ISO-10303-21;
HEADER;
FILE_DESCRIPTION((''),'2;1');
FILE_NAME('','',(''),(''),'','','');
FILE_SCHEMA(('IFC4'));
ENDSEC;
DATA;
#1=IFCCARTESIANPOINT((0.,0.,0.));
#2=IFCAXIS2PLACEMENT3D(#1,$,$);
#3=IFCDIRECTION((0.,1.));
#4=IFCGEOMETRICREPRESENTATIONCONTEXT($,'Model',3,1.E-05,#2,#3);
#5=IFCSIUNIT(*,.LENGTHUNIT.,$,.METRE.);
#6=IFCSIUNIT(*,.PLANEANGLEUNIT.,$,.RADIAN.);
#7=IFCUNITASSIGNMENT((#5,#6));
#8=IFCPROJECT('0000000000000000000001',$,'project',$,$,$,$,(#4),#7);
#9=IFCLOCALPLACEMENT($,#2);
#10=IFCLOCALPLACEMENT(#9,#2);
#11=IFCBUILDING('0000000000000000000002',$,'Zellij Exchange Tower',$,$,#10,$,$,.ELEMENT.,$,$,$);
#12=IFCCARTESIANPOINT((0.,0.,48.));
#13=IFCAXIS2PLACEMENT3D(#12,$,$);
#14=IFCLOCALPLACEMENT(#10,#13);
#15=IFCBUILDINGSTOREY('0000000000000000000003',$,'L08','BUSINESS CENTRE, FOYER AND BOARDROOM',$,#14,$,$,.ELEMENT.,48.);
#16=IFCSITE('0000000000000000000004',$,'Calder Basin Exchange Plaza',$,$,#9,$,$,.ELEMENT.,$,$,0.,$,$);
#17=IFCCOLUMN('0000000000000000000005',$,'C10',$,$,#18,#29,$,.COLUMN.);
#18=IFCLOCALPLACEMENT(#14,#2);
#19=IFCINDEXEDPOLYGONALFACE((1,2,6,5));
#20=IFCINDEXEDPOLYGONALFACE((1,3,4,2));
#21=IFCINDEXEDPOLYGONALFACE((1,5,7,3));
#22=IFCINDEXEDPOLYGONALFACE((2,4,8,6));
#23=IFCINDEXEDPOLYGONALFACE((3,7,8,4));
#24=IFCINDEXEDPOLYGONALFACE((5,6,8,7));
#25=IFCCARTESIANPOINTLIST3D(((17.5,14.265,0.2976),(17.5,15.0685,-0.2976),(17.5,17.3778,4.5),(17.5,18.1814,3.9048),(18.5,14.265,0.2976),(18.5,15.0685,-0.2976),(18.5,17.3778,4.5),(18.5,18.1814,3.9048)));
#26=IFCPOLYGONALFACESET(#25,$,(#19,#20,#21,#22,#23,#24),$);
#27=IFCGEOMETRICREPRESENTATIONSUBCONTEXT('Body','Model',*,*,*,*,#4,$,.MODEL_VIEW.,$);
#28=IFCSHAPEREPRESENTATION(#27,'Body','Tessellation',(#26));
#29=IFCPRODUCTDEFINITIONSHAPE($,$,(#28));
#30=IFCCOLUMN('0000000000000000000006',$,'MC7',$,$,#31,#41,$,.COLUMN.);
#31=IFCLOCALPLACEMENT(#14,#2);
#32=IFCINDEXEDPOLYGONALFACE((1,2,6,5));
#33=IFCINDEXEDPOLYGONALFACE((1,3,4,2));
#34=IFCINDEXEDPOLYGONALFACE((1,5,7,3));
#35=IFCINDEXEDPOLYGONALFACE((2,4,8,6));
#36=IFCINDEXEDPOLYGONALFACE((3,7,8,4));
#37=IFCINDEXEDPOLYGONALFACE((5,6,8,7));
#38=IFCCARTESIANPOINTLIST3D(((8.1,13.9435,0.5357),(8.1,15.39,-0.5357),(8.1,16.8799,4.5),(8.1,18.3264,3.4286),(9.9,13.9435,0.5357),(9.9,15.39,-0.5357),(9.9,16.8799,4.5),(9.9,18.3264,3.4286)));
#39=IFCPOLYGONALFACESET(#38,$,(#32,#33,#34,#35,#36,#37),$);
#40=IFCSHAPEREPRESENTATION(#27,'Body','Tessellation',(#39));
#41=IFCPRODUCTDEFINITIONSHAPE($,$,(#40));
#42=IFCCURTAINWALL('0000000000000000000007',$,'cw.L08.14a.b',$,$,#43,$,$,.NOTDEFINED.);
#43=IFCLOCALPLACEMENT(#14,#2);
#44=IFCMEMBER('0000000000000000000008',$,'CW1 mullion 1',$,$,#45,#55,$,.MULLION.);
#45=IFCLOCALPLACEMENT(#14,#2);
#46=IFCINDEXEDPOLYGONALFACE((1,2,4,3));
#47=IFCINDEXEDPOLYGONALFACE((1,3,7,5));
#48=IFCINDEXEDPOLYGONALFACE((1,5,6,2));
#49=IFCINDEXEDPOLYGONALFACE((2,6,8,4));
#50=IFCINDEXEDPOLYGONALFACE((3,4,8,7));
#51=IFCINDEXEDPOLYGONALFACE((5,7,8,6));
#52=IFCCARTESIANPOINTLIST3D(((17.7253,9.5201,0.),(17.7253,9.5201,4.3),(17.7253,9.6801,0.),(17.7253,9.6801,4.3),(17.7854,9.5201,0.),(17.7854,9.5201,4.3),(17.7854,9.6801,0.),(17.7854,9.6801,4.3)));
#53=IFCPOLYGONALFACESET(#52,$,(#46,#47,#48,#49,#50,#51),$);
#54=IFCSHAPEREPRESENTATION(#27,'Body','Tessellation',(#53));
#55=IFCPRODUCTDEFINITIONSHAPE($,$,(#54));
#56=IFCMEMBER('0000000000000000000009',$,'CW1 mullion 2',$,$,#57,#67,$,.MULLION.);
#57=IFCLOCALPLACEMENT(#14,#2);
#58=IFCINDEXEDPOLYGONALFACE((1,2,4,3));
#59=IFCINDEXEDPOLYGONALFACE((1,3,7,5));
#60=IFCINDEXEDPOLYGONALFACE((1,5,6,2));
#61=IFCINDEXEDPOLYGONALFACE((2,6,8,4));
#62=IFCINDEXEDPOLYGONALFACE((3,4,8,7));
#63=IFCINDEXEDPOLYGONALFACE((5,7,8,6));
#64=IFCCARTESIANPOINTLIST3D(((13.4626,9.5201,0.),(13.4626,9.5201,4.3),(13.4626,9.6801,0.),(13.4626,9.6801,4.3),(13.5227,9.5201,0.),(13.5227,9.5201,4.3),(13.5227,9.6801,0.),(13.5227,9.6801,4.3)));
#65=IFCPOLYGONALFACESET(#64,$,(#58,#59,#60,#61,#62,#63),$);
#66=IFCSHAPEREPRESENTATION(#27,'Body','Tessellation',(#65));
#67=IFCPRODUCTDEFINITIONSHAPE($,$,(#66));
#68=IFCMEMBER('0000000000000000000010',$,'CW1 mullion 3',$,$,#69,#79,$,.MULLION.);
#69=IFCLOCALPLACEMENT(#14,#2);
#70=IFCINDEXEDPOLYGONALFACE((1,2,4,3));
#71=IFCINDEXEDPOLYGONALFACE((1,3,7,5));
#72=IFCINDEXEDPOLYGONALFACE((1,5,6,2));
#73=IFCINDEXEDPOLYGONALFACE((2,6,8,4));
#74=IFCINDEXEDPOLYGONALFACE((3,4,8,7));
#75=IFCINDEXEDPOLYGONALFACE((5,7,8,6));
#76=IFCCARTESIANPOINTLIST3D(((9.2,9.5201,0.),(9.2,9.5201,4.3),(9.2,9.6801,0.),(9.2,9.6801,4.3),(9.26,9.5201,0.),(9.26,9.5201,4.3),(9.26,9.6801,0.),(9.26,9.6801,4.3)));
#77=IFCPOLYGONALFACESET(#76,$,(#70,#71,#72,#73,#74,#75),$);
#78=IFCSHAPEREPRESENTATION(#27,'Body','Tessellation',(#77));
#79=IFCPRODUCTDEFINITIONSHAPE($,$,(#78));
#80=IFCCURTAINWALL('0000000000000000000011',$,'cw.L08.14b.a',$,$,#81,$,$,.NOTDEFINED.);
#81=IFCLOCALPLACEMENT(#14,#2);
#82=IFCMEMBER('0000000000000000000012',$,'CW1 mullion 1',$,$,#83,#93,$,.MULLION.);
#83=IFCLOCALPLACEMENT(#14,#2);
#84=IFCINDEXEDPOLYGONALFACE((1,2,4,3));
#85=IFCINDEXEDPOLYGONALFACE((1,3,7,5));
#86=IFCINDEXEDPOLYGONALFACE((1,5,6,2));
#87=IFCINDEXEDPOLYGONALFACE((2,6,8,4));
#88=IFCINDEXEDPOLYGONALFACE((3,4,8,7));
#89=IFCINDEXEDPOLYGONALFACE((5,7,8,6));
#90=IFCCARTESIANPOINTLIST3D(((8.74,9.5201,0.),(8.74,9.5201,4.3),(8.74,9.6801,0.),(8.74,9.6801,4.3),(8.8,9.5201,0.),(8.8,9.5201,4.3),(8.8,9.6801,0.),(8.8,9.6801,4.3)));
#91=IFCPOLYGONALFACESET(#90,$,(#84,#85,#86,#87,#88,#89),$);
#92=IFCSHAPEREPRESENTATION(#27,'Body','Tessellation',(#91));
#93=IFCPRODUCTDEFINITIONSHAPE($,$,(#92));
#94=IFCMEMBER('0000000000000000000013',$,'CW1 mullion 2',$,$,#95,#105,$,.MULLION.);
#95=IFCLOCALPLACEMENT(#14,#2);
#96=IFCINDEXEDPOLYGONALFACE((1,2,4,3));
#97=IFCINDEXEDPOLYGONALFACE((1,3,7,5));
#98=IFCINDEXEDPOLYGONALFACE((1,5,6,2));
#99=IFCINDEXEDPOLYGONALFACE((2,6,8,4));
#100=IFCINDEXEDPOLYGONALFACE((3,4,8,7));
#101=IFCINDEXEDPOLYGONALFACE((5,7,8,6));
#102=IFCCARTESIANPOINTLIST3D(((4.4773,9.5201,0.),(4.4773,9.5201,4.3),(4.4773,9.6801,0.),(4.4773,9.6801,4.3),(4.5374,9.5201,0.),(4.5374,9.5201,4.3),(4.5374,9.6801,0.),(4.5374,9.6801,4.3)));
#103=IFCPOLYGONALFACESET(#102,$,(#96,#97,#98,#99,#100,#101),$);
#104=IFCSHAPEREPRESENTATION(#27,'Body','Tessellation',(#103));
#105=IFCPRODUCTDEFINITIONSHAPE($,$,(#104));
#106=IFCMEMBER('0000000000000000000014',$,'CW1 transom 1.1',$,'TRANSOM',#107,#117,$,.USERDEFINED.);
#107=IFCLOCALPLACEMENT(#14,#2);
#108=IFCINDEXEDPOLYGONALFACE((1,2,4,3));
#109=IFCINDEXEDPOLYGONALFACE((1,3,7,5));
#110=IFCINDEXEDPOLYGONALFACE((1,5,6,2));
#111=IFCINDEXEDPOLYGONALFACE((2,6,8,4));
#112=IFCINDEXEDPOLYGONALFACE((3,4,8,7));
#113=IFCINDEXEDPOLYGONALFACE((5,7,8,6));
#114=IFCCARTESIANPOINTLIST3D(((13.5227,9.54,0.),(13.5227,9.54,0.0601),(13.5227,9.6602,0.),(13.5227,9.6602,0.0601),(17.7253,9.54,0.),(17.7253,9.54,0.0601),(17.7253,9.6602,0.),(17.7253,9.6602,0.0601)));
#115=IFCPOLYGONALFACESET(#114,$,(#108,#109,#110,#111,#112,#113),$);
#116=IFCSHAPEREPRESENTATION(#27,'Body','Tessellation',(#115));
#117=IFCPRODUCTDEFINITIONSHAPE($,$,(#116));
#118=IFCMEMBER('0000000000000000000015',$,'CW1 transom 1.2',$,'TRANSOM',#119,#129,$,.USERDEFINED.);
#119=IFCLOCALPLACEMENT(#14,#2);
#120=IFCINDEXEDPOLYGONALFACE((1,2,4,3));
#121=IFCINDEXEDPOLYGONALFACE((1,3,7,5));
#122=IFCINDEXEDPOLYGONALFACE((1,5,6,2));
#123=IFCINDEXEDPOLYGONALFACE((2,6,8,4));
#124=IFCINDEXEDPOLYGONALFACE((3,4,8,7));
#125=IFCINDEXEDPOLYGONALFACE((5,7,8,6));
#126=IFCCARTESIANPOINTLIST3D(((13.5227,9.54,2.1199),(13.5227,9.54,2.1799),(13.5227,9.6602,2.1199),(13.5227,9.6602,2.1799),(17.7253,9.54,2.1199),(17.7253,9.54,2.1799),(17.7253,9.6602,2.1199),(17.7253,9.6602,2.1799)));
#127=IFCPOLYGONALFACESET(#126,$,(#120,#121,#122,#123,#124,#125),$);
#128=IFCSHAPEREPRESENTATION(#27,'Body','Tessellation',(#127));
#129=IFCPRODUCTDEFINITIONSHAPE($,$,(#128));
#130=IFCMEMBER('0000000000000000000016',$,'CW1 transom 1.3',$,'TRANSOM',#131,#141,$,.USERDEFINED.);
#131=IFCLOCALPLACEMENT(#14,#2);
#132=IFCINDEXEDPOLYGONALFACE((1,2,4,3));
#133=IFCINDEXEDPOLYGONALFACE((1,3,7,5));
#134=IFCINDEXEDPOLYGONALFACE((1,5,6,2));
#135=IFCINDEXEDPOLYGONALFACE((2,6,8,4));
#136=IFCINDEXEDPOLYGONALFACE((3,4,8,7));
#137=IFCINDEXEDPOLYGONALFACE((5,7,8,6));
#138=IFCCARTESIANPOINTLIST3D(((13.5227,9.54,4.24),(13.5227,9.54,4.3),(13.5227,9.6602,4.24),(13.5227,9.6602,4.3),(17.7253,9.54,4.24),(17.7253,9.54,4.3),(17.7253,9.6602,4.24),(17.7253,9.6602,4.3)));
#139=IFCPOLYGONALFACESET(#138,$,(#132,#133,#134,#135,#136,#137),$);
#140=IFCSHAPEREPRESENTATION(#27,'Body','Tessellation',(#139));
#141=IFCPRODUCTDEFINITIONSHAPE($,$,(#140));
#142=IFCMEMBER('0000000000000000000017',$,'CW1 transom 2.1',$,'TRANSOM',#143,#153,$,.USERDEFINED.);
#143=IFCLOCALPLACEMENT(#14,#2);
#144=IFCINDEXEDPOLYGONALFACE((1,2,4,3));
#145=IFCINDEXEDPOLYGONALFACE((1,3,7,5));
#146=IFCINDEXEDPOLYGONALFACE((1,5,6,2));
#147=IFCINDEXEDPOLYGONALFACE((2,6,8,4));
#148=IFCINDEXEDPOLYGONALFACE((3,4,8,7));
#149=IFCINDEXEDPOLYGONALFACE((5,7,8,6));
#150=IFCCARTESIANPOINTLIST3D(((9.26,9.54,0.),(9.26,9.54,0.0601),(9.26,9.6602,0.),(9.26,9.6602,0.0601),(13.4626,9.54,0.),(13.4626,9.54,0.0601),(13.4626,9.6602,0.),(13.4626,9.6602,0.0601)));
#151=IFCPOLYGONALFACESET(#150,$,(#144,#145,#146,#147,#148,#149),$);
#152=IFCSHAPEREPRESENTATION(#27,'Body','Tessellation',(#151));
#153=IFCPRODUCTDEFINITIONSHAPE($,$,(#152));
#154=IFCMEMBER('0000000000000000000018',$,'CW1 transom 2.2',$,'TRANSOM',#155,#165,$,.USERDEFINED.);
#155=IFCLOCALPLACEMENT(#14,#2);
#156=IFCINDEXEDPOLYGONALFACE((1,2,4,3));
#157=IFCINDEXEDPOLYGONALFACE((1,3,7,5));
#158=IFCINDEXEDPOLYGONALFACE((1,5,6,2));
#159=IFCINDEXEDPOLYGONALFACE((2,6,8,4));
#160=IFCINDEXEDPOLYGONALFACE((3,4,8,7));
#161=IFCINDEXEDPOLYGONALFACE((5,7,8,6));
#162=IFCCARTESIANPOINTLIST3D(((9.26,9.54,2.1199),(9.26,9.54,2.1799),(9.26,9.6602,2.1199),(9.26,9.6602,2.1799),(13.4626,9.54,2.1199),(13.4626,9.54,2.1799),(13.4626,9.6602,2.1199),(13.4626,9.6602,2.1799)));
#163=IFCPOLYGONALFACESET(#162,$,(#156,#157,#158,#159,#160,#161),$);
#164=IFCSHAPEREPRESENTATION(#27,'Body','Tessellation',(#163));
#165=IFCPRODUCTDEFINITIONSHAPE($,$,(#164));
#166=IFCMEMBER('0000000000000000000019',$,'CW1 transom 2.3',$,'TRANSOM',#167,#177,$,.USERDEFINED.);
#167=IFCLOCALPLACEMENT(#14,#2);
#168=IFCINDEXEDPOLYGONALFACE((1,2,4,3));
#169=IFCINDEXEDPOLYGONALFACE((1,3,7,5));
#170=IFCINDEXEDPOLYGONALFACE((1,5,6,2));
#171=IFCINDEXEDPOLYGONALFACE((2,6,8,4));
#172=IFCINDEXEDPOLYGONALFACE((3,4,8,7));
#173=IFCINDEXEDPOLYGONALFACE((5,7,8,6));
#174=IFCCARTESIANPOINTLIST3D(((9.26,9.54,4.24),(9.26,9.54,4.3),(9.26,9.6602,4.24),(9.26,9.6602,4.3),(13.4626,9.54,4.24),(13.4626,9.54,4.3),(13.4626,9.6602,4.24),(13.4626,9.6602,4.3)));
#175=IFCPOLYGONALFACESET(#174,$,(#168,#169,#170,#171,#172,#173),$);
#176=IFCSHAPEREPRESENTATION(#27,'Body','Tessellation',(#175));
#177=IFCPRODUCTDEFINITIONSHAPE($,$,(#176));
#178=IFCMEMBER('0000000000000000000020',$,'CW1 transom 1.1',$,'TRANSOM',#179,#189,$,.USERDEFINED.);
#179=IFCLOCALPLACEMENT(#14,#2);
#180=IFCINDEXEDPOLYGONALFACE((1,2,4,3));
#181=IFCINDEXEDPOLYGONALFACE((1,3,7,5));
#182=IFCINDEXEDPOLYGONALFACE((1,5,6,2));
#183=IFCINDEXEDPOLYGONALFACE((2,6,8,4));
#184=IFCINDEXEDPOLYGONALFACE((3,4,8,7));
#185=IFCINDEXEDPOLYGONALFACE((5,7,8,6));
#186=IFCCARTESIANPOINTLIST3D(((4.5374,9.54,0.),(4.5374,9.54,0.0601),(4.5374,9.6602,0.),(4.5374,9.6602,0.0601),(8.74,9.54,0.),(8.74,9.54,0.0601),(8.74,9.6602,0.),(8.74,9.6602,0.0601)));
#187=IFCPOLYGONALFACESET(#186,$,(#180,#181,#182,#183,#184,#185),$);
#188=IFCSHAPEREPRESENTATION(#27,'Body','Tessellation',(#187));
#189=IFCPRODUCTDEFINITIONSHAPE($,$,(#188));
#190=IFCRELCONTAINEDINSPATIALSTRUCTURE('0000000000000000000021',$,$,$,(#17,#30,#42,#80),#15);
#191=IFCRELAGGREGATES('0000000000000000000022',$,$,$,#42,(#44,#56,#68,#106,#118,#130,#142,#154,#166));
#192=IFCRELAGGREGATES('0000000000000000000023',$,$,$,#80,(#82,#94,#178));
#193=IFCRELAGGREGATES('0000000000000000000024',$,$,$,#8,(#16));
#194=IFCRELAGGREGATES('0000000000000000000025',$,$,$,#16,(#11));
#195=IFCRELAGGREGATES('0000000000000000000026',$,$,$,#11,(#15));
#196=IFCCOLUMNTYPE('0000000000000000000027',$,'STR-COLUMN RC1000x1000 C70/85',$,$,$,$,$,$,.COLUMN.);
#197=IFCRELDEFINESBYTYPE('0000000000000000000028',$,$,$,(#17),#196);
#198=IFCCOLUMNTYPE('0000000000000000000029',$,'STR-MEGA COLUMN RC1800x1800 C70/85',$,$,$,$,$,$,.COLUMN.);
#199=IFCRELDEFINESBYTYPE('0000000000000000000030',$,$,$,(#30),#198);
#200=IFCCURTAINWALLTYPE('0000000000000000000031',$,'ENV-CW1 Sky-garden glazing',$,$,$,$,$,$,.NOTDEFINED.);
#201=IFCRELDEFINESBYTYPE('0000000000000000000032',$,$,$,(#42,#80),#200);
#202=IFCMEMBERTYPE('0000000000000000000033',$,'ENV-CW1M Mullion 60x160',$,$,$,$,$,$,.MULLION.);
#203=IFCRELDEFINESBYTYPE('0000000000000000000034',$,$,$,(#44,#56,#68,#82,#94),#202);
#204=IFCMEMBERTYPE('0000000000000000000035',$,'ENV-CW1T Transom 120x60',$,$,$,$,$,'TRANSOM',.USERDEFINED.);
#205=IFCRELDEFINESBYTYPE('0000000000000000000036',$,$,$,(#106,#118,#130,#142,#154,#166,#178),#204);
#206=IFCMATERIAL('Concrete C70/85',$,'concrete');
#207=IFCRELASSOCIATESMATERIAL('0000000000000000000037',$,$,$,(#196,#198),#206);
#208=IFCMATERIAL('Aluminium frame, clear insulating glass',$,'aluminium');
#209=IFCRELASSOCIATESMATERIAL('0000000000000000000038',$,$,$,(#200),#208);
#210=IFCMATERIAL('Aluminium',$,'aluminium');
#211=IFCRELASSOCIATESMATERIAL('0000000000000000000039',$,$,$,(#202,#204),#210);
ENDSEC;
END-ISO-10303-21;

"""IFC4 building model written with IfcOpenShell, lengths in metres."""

from ifc_helpers import new_model, si_unit, direction, frame, origin, origin_2d, place, context, subcontext, project, spatial, rectangle, extrude, clip, halfspace, material, material_profile, profile_set, type_object, element, aggregate, save


model = new_model("IFC4")

# Units and contexts
model_context = context("Model", 3, precision=1e-05, world=origin(), true_north=direction((0.0, 1.0)))
body_context = subcontext(model_context, "Body", "Model", "MODEL_VIEW")
ifc_project = project(units=[si_unit("LENGTHUNIT", "METRE"), si_unit("PLANEANGLEUNIT", "RADIAN")], contexts=[model_context])

# Site, building, storey
site_placement = place(None, origin())
site = spatial("IfcSite", under=ifc_project, at=site_placement, Name="Calder Basin Exchange Plaza", CompositionType="ELEMENT", RefElevation=0.0)
building_placement = place(site_placement, origin())
building = spatial("IfcBuilding", under=site, at=building_placement, Name="Zellij Exchange Tower", CompositionType="ELEMENT")
storey_placement = place(building_placement, frame((0.0, 0.0, 48.0)))
storey = spatial("IfcBuildingStorey", under=building, at=storey_placement, Name="L08", Description="BUSINESS CENTRE, FOYER AND BOARDROOM", CompositionType="ELEMENT", Elevation=48.0)

# Columns
ifc_material_1 = material(Name="Concrete C70/85", Category="concrete")
ifc_material_profile_1 = material_profile(ifc_material_1, rectangle(XDim=1.0, YDim=1.0, at=origin_2d()), Name="STR-COLUMN RC1000x1000 C70/85")
ifc_profile_set_1 = profile_set([ifc_material_profile_1], Name="Concrete C70/85")
column_type_1 = type_object("IfcColumnType", Name="STR-COLUMN RC1000x1000 C70/85", PredefinedType="COLUMN", material=ifc_profile_set_1)
column_1_placement = place(storey_placement, frame((18.0, 14.6667, 0.0), z_axis=(0.0, 0.595218, 0.803564), x_axis=(-1.0, 0.0, 0.0)))
element("IfcColumn", 1, at=column_1_placement, inside=storey, type_object=column_type_1, Name="C10", PredefinedType="COLUMN", context=body_context, shape_type="Clipping", body=[
    clip(extrude(rectangle(XDim=1.0, YDim=1.0, at=origin_2d()), origin(), (0.0, 0.0, 1.0), 5.6001), halfspace(frame((0.0, 0.0, 5.2297)), False)),
])
ifc_material_profile_2 = material_profile(ifc_material_1, rectangle(XDim=1.8, YDim=1.8, at=origin_2d()), Name="STR-MEGA COLUMN RC1800x1800 C70/85")
ifc_profile_set_2 = profile_set([ifc_material_profile_2], Name="Concrete C70/85")
column_type_2 = type_object("IfcColumnType", Name="STR-MEGA COLUMN RC1800x1800 C70/85", PredefinedType="COLUMN", material=ifc_profile_set_2)
column_2_placement = place(storey_placement, frame((9.0, 14.6667, 0.0), z_axis=(0.0, 0.595218, 0.803564), x_axis=(-1.0, 0.0, 0.0)))
element("IfcColumn", 2, at=column_2_placement, inside=storey, type_object=column_type_2, Name="MC7", PredefinedType="COLUMN", context=body_context, shape_type="Clipping", body=[
    clip(extrude(rectangle(XDim=1.8, YDim=1.8, at=origin_2d()), origin(), (0.0, 0.0, 1.0), 5.6001), halfspace(frame((0.0, 0.0, 4.9333)), False)),
])

# Curtain walls, members
ifc_material_2 = material(Name="Aluminium frame, clear insulating glass", Category="aluminium")
curtain_wall_type = type_object("IfcCurtainWallType", Name="ENV-CW1 Sky-garden glazing", PredefinedType="NOTDEFINED", material=ifc_material_2)
curtain_wall_1_placement = place(storey_placement, origin())
curtain_wall_1 = element("IfcCurtainWall", 3, at=curtain_wall_1_placement, inside=storey, type_object=curtain_wall_type, Name="cw.L08.14a.b", PredefinedType="NOTDEFINED")
ifc_material_3 = material(Name="Aluminium", Category="aluminium")
ifc_material_profile_3 = material_profile(ifc_material_3, rectangle(XDim=0.0601, YDim=0.1599, at=origin_2d()), Name="AL 60x160")
ifc_profile_set_3 = profile_set([ifc_material_profile_3], Name="Aluminium")
member_type_1 = type_object("IfcMemberType", Name="ENV-CW1M Mullion 60x160", PredefinedType="MULLION", material=ifc_profile_set_3)
member_1_placement = place(storey_placement, frame((17.7554, 9.6001, 0.0), z_axis=(0.0, 0.0, 1.0), x_axis=(-1.0, 0.0, 0.0)))
member_1 = element("IfcMember", 4, at=member_1_placement, type_object=member_type_1, Name="CW1 mullion 1", PredefinedType="MULLION", context=body_context, shape_type="SweptSolid", body=[
    extrude(rectangle(XDim=0.0601, YDim=0.1599, at=origin_2d()), origin(), (0.0, 0.0, 1.0), 4.3),
])
member_2_placement = place(storey_placement, frame((13.4927, 9.6001, 0.0), z_axis=(0.0, 0.0, 1.0), x_axis=(-1.0, 0.0, 0.0)))
member_2 = element("IfcMember", 5, at=member_2_placement, type_object=member_type_1, Name="CW1 mullion 2", PredefinedType="MULLION", context=body_context, shape_type="SweptSolid", body=[
    extrude(rectangle(XDim=0.0601, YDim=0.1599, at=origin_2d()), origin(), (0.0, 0.0, 1.0), 4.3),
])
member_3_placement = place(storey_placement, frame((9.23, 9.6001, 0.0), z_axis=(0.0, 0.0, 1.0), x_axis=(-1.0, 0.0, 0.0)))
member_3 = element("IfcMember", 6, at=member_3_placement, type_object=member_type_1, Name="CW1 mullion 3", PredefinedType="MULLION", context=body_context, shape_type="SweptSolid", body=[
    extrude(rectangle(XDim=0.0601, YDim=0.1599, at=origin_2d()), origin(), (0.0, 0.0, 1.0), 4.3),
])
curtain_wall_2_placement = place(storey_placement, origin())
curtain_wall_2 = element("IfcCurtainWall", 7, at=curtain_wall_2_placement, inside=storey, type_object=curtain_wall_type, Name="cw.L08.14b.a", PredefinedType="NOTDEFINED")
member_4_placement = place(storey_placement, frame((8.77, 9.6001, 0.0), z_axis=(0.0, 0.0, 1.0), x_axis=(-1.0, 0.0, 0.0)))
member_4 = element("IfcMember", 8, at=member_4_placement, type_object=member_type_1, Name="CW1 mullion 1", PredefinedType="MULLION", context=body_context, shape_type="SweptSolid", body=[
    extrude(rectangle(XDim=0.0601, YDim=0.1599, at=origin_2d()), origin(), (0.0, 0.0, 1.0), 4.3),
])
member_5_placement = place(storey_placement, frame((4.5073, 9.6001, 0.0), z_axis=(0.0, 0.0, 1.0), x_axis=(-1.0, 0.0, 0.0)))
member_5 = element("IfcMember", 9, at=member_5_placement, type_object=member_type_1, Name="CW1 mullion 2", PredefinedType="MULLION", context=body_context, shape_type="SweptSolid", body=[
    extrude(rectangle(XDim=0.0601, YDim=0.1599, at=origin_2d()), origin(), (0.0, 0.0, 1.0), 4.3),
])

# Members
ifc_material_profile_4 = material_profile(ifc_material_3, rectangle(XDim=0.1201, YDim=0.0601, at=origin_2d()), Name="AL 120x60")
ifc_profile_set_4 = profile_set([ifc_material_profile_4], Name="Aluminium")
member_type_2 = type_object("IfcMemberType", Name="ENV-CW1T Transom 120x60", ElementType="TRANSOM", PredefinedType="USERDEFINED", material=ifc_profile_set_4)
member_6_placement = place(storey_placement, frame((17.7253, 9.6001, 0.03), z_axis=(-1.0, 0.0, 0.0), x_axis=(0.0, -1.0, 0.0)))
member_6 = element("IfcMember", 10, at=member_6_placement, type_object=member_type_2, Name="CW1 transom 1.1", ObjectType="TRANSOM", PredefinedType="USERDEFINED", context=body_context, shape_type="SweptSolid", body=[
    extrude(rectangle(XDim=0.1201, YDim=0.0601, at=origin_2d()), origin(), (0.0, 0.0, 1.0), 4.2026),
])
member_7_placement = place(storey_placement, frame((17.7253, 9.6001, 2.1499), z_axis=(-1.0, 0.0, 0.0), x_axis=(0.0, -1.0, 0.0)))
member_7 = element("IfcMember", 11, at=member_7_placement, type_object=member_type_2, Name="CW1 transom 1.2", ObjectType="TRANSOM", PredefinedType="USERDEFINED", context=body_context, shape_type="SweptSolid", body=[
    extrude(rectangle(XDim=0.1201, YDim=0.0601, at=origin_2d()), origin(), (0.0, 0.0, 1.0), 4.2026),
])
member_8_placement = place(storey_placement, frame((17.7253, 9.6001, 4.27), z_axis=(-1.0, 0.0, 0.0), x_axis=(0.0, -1.0, 0.0)))
member_8 = element("IfcMember", 12, at=member_8_placement, type_object=member_type_2, Name="CW1 transom 1.3", ObjectType="TRANSOM", PredefinedType="USERDEFINED", context=body_context, shape_type="SweptSolid", body=[
    extrude(rectangle(XDim=0.1201, YDim=0.0601, at=origin_2d()), origin(), (0.0, 0.0, 1.0), 4.2026),
])
member_9_placement = place(storey_placement, frame((13.4626, 9.6001, 0.03), z_axis=(-1.0, 0.0, 0.0), x_axis=(0.0, -1.0, 0.0)))
member_9 = element("IfcMember", 13, at=member_9_placement, type_object=member_type_2, Name="CW1 transom 2.1", ObjectType="TRANSOM", PredefinedType="USERDEFINED", context=body_context, shape_type="SweptSolid", body=[
    extrude(rectangle(XDim=0.1201, YDim=0.0601, at=origin_2d()), origin(), (0.0, 0.0, 1.0), 4.2026),
])
member_10_placement = place(storey_placement, frame((13.4626, 9.6001, 2.1499), z_axis=(-1.0, 0.0, 0.0), x_axis=(0.0, -1.0, 0.0)))
member_10 = element("IfcMember", 14, at=member_10_placement, type_object=member_type_2, Name="CW1 transom 2.2", ObjectType="TRANSOM", PredefinedType="USERDEFINED", context=body_context, shape_type="SweptSolid", body=[
    extrude(rectangle(XDim=0.1201, YDim=0.0601, at=origin_2d()), origin(), (0.0, 0.0, 1.0), 4.2026),
])
member_11_placement = place(storey_placement, frame((13.4626, 9.6001, 4.27), z_axis=(-1.0, 0.0, 0.0), x_axis=(0.0, -1.0, 0.0)))
member_11 = element("IfcMember", 15, at=member_11_placement, type_object=member_type_2, Name="CW1 transom 2.3", ObjectType="TRANSOM", PredefinedType="USERDEFINED", context=body_context, shape_type="SweptSolid", body=[
    extrude(rectangle(XDim=0.1201, YDim=0.0601, at=origin_2d()), origin(), (0.0, 0.0, 1.0), 4.2026),
])
member_12_placement = place(storey_placement, frame((8.74, 9.6001, 0.03), z_axis=(-1.0, 0.0, 0.0), x_axis=(0.0, -1.0, 0.0)))
member_12 = element("IfcMember", 16, at=member_12_placement, type_object=member_type_2, Name="CW1 transom 1.1", ObjectType="TRANSOM", PredefinedType="USERDEFINED", context=body_context, shape_type="SweptSolid", body=[
    extrude(rectangle(XDim=0.1201, YDim=0.0601, at=origin_2d()), origin(), (0.0, 0.0, 1.0), 4.2026),
])

aggregate(curtain_wall_1, [member_1, member_2, member_3, member_6, member_7, member_8, member_9, member_10, member_11])
aggregate(curtain_wall_2, [member_4, member_5, member_12])

save(model, "model.ifc")
